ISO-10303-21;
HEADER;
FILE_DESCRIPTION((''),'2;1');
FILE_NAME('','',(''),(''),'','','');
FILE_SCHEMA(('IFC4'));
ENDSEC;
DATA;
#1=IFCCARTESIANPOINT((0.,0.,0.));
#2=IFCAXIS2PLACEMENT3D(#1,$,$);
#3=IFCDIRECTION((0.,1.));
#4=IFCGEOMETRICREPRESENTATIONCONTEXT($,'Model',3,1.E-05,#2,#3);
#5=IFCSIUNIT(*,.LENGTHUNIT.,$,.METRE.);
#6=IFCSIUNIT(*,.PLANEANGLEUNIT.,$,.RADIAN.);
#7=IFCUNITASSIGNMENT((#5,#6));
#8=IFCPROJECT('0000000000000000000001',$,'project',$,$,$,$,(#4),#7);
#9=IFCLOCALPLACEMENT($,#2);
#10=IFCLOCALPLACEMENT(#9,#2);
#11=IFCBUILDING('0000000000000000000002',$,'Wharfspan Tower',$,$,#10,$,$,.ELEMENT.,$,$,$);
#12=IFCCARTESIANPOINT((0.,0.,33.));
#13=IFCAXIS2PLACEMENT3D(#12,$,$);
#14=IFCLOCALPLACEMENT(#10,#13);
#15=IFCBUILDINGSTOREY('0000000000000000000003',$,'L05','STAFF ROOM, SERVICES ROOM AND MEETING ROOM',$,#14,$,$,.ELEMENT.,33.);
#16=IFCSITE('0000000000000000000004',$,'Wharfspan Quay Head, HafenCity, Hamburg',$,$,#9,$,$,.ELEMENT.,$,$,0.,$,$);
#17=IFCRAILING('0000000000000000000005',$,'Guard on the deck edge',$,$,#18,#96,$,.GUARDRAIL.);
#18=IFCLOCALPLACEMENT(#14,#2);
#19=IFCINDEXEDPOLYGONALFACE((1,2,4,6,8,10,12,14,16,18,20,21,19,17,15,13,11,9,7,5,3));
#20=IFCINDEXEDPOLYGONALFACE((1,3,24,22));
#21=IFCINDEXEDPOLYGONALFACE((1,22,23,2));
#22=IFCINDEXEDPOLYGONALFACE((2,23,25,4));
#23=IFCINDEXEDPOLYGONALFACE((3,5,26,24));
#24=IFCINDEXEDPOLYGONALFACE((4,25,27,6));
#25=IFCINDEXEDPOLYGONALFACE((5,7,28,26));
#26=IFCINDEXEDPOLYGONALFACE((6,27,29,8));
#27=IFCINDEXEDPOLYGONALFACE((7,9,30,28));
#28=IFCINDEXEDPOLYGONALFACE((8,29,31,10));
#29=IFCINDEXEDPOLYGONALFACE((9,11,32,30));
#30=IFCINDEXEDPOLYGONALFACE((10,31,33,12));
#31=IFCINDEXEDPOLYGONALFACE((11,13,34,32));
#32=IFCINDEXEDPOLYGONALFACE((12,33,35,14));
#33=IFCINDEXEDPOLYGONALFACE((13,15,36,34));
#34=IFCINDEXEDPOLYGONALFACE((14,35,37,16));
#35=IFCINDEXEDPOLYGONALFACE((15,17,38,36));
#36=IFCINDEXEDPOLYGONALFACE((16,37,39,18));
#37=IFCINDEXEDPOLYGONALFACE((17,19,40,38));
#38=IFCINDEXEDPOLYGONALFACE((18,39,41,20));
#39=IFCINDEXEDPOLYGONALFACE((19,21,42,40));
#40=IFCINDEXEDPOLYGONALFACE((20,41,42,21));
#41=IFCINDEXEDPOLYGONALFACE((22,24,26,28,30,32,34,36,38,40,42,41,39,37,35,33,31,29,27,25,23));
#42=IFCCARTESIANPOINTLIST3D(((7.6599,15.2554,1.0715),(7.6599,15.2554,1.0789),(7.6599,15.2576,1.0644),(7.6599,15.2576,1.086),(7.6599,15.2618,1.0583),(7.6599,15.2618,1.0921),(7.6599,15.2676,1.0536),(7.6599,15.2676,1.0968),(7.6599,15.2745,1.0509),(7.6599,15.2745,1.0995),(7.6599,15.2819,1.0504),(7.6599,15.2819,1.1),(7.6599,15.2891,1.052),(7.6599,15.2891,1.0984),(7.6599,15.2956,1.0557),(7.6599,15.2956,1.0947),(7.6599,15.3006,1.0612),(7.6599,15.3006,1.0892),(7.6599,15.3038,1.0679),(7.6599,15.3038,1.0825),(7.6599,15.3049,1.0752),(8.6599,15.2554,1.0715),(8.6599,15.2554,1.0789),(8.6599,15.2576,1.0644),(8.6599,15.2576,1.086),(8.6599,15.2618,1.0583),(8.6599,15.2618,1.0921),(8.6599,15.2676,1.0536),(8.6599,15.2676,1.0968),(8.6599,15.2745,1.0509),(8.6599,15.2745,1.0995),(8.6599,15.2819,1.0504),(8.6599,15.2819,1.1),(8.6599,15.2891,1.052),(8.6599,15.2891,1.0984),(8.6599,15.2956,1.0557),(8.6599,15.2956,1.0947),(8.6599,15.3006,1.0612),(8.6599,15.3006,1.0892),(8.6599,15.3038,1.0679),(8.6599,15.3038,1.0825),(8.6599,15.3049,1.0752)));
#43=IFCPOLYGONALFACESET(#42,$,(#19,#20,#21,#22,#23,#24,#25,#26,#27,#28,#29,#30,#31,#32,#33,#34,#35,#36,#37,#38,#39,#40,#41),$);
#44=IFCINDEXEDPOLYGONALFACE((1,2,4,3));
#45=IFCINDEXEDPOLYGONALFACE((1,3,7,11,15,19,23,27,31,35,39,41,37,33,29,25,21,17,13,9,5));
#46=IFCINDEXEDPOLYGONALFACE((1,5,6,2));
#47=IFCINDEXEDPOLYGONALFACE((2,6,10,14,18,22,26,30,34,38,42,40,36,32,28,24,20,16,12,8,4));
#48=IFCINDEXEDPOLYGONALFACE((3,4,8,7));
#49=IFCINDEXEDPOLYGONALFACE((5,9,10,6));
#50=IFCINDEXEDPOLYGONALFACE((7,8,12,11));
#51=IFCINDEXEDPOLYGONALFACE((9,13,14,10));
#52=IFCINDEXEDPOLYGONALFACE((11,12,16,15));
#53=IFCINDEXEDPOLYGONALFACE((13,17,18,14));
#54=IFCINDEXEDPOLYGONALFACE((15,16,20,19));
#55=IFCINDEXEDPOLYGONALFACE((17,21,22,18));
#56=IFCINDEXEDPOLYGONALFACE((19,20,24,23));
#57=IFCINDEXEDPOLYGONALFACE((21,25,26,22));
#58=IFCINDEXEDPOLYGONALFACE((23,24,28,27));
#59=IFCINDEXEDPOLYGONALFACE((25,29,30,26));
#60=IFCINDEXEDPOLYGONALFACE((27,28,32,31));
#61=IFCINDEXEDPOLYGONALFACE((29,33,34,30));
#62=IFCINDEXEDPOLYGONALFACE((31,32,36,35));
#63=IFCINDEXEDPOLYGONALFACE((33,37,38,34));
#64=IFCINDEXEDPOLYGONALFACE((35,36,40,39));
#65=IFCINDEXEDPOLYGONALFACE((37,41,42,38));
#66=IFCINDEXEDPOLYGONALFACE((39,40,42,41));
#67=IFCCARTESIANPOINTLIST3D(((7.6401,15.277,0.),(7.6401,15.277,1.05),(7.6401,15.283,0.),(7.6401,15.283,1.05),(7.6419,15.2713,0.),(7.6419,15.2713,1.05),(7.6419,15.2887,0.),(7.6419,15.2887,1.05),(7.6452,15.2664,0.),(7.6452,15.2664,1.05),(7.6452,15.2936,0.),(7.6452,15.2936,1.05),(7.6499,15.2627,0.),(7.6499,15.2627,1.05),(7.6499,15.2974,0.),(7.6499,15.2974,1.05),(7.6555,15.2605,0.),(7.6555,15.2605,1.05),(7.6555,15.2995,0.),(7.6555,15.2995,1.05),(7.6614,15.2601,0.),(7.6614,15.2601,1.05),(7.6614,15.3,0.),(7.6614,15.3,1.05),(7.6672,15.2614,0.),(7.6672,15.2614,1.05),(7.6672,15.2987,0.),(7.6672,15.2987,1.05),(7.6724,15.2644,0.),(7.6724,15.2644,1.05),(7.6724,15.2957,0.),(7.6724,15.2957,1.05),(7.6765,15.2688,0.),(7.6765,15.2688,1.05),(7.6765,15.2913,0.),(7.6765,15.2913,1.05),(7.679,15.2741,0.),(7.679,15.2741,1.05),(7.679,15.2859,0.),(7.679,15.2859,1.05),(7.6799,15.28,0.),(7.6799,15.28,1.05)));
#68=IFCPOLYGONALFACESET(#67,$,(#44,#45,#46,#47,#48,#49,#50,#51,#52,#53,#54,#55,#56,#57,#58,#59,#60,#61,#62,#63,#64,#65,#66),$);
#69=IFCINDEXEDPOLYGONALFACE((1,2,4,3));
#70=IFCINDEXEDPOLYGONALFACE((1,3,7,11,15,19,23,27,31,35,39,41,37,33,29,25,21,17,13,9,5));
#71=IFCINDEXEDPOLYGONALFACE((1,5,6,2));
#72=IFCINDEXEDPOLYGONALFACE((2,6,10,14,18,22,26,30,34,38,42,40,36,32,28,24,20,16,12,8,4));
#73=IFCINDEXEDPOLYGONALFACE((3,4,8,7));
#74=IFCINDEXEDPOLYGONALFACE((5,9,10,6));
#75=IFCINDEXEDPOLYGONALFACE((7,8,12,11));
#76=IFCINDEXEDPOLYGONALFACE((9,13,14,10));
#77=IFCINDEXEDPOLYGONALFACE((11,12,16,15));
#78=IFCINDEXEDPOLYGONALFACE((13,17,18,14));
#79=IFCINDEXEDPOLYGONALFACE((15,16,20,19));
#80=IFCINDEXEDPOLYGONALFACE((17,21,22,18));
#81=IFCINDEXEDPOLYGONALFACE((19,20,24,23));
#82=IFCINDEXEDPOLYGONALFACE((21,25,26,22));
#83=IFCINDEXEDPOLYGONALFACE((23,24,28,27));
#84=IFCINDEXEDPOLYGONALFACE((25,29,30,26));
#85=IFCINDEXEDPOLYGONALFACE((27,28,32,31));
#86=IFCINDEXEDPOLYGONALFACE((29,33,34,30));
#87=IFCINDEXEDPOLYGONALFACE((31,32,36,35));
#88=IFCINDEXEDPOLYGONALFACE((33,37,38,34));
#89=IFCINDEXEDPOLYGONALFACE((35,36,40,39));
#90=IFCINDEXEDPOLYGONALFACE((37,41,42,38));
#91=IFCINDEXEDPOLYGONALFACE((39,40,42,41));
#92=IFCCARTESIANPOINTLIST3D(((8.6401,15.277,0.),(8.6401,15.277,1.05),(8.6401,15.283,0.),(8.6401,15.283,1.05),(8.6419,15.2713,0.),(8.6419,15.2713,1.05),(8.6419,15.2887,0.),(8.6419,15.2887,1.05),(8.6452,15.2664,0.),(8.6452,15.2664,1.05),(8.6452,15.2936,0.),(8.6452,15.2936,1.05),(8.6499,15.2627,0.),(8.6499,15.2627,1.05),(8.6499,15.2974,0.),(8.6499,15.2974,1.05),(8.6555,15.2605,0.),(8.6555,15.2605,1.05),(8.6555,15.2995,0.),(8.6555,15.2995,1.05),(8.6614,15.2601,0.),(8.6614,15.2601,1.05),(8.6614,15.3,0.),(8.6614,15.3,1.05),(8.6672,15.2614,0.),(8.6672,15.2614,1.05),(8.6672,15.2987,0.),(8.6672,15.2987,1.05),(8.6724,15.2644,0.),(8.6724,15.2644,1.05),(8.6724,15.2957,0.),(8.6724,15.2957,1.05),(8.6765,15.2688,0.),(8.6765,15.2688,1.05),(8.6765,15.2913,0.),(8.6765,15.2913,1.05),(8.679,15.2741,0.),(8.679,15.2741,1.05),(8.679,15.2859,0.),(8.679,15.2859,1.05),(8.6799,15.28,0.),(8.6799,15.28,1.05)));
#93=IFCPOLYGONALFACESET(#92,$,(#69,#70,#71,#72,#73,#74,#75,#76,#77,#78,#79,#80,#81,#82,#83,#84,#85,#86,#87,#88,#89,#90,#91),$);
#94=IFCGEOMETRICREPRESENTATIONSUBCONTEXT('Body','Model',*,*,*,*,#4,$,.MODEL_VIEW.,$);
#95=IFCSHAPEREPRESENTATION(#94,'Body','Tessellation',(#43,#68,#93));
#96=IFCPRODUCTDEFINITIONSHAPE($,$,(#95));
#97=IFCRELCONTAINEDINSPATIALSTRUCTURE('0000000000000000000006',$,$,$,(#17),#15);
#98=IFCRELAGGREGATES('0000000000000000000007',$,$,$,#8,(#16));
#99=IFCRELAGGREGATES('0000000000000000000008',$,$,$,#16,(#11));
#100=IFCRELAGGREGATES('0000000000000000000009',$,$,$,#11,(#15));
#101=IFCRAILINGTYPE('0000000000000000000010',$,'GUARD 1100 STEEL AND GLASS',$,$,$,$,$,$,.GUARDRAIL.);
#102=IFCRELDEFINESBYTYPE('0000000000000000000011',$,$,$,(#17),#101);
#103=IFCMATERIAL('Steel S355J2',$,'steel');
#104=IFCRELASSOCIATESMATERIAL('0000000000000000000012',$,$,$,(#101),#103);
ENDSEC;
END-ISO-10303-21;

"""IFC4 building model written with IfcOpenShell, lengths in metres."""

from ifc_helpers import new_model, si_unit, direction, frame, origin, origin_2d, place, context, subcontext, project, spatial, circle, extrude, material, type_object, element, save


model = new_model("IFC4")

# Units and contexts
model_context = context("Model", 3, precision=1e-05, world=origin(), true_north=direction((0.0, 1.0)))
body_context = subcontext(model_context, "Body", "Model", "MODEL_VIEW")
ifc_project = project(units=[si_unit("LENGTHUNIT", "METRE"), si_unit("PLANEANGLEUNIT", "RADIAN")], contexts=[model_context])

# Site, building, storey
site_placement = place(None, origin())
site = spatial("IfcSite", under=ifc_project, at=site_placement, Name="Wharfspan Quay Head, HafenCity, Hamburg", CompositionType="ELEMENT", RefElevation=0.0)
building_placement = place(site_placement, origin())
building = spatial("IfcBuilding", under=site, at=building_placement, Name="Wharfspan Tower", CompositionType="ELEMENT")
storey_placement = place(building_placement, frame((0.0, 0.0, 33.0)))
storey = spatial("IfcBuildingStorey", under=building, at=storey_placement, Name="L05", Description="STAFF ROOM, SERVICES ROOM AND MEETING ROOM", CompositionType="ELEMENT", Elevation=33.0)

# Railing
ifc_material_1 = material(Name="Steel S355J2", Category="steel")
railing_type_1 = type_object("IfcRailingType", Name="GUARD 1100 STEEL AND GLASS", PredefinedType="GUARDRAIL", material=ifc_material_1)
railing_1_placement = place(storey_placement, frame((7.6599, 15.28, 0.0)))
element("IfcRailing", 1, at=railing_1_placement, inside=storey, type_object=railing_type_1, Name="Guard on the deck edge", PredefinedType="GUARDRAIL", context=body_context, shape_type="SweptSolid", body=[
    extrude(circle(Radius=0.0249, at=origin_2d()), frame((0.0, 0.0, 1.0752), z_axis=(1.0, 0.0, 0.0), x_axis=(0.0, 1.0, 0.0)), (0.0, 0.0, 1.0), 1.0),
    extrude(circle(Radius=0.02, at=origin_2d()), origin(), (0.0, 0.0, 1.0), 1.05),
    extrude(circle(Radius=0.02, at=origin_2d()), frame((1.0, 0.0, 0.0)), (0.0, 0.0, 1.0), 1.05),
])

save(model, "model.ifc")
